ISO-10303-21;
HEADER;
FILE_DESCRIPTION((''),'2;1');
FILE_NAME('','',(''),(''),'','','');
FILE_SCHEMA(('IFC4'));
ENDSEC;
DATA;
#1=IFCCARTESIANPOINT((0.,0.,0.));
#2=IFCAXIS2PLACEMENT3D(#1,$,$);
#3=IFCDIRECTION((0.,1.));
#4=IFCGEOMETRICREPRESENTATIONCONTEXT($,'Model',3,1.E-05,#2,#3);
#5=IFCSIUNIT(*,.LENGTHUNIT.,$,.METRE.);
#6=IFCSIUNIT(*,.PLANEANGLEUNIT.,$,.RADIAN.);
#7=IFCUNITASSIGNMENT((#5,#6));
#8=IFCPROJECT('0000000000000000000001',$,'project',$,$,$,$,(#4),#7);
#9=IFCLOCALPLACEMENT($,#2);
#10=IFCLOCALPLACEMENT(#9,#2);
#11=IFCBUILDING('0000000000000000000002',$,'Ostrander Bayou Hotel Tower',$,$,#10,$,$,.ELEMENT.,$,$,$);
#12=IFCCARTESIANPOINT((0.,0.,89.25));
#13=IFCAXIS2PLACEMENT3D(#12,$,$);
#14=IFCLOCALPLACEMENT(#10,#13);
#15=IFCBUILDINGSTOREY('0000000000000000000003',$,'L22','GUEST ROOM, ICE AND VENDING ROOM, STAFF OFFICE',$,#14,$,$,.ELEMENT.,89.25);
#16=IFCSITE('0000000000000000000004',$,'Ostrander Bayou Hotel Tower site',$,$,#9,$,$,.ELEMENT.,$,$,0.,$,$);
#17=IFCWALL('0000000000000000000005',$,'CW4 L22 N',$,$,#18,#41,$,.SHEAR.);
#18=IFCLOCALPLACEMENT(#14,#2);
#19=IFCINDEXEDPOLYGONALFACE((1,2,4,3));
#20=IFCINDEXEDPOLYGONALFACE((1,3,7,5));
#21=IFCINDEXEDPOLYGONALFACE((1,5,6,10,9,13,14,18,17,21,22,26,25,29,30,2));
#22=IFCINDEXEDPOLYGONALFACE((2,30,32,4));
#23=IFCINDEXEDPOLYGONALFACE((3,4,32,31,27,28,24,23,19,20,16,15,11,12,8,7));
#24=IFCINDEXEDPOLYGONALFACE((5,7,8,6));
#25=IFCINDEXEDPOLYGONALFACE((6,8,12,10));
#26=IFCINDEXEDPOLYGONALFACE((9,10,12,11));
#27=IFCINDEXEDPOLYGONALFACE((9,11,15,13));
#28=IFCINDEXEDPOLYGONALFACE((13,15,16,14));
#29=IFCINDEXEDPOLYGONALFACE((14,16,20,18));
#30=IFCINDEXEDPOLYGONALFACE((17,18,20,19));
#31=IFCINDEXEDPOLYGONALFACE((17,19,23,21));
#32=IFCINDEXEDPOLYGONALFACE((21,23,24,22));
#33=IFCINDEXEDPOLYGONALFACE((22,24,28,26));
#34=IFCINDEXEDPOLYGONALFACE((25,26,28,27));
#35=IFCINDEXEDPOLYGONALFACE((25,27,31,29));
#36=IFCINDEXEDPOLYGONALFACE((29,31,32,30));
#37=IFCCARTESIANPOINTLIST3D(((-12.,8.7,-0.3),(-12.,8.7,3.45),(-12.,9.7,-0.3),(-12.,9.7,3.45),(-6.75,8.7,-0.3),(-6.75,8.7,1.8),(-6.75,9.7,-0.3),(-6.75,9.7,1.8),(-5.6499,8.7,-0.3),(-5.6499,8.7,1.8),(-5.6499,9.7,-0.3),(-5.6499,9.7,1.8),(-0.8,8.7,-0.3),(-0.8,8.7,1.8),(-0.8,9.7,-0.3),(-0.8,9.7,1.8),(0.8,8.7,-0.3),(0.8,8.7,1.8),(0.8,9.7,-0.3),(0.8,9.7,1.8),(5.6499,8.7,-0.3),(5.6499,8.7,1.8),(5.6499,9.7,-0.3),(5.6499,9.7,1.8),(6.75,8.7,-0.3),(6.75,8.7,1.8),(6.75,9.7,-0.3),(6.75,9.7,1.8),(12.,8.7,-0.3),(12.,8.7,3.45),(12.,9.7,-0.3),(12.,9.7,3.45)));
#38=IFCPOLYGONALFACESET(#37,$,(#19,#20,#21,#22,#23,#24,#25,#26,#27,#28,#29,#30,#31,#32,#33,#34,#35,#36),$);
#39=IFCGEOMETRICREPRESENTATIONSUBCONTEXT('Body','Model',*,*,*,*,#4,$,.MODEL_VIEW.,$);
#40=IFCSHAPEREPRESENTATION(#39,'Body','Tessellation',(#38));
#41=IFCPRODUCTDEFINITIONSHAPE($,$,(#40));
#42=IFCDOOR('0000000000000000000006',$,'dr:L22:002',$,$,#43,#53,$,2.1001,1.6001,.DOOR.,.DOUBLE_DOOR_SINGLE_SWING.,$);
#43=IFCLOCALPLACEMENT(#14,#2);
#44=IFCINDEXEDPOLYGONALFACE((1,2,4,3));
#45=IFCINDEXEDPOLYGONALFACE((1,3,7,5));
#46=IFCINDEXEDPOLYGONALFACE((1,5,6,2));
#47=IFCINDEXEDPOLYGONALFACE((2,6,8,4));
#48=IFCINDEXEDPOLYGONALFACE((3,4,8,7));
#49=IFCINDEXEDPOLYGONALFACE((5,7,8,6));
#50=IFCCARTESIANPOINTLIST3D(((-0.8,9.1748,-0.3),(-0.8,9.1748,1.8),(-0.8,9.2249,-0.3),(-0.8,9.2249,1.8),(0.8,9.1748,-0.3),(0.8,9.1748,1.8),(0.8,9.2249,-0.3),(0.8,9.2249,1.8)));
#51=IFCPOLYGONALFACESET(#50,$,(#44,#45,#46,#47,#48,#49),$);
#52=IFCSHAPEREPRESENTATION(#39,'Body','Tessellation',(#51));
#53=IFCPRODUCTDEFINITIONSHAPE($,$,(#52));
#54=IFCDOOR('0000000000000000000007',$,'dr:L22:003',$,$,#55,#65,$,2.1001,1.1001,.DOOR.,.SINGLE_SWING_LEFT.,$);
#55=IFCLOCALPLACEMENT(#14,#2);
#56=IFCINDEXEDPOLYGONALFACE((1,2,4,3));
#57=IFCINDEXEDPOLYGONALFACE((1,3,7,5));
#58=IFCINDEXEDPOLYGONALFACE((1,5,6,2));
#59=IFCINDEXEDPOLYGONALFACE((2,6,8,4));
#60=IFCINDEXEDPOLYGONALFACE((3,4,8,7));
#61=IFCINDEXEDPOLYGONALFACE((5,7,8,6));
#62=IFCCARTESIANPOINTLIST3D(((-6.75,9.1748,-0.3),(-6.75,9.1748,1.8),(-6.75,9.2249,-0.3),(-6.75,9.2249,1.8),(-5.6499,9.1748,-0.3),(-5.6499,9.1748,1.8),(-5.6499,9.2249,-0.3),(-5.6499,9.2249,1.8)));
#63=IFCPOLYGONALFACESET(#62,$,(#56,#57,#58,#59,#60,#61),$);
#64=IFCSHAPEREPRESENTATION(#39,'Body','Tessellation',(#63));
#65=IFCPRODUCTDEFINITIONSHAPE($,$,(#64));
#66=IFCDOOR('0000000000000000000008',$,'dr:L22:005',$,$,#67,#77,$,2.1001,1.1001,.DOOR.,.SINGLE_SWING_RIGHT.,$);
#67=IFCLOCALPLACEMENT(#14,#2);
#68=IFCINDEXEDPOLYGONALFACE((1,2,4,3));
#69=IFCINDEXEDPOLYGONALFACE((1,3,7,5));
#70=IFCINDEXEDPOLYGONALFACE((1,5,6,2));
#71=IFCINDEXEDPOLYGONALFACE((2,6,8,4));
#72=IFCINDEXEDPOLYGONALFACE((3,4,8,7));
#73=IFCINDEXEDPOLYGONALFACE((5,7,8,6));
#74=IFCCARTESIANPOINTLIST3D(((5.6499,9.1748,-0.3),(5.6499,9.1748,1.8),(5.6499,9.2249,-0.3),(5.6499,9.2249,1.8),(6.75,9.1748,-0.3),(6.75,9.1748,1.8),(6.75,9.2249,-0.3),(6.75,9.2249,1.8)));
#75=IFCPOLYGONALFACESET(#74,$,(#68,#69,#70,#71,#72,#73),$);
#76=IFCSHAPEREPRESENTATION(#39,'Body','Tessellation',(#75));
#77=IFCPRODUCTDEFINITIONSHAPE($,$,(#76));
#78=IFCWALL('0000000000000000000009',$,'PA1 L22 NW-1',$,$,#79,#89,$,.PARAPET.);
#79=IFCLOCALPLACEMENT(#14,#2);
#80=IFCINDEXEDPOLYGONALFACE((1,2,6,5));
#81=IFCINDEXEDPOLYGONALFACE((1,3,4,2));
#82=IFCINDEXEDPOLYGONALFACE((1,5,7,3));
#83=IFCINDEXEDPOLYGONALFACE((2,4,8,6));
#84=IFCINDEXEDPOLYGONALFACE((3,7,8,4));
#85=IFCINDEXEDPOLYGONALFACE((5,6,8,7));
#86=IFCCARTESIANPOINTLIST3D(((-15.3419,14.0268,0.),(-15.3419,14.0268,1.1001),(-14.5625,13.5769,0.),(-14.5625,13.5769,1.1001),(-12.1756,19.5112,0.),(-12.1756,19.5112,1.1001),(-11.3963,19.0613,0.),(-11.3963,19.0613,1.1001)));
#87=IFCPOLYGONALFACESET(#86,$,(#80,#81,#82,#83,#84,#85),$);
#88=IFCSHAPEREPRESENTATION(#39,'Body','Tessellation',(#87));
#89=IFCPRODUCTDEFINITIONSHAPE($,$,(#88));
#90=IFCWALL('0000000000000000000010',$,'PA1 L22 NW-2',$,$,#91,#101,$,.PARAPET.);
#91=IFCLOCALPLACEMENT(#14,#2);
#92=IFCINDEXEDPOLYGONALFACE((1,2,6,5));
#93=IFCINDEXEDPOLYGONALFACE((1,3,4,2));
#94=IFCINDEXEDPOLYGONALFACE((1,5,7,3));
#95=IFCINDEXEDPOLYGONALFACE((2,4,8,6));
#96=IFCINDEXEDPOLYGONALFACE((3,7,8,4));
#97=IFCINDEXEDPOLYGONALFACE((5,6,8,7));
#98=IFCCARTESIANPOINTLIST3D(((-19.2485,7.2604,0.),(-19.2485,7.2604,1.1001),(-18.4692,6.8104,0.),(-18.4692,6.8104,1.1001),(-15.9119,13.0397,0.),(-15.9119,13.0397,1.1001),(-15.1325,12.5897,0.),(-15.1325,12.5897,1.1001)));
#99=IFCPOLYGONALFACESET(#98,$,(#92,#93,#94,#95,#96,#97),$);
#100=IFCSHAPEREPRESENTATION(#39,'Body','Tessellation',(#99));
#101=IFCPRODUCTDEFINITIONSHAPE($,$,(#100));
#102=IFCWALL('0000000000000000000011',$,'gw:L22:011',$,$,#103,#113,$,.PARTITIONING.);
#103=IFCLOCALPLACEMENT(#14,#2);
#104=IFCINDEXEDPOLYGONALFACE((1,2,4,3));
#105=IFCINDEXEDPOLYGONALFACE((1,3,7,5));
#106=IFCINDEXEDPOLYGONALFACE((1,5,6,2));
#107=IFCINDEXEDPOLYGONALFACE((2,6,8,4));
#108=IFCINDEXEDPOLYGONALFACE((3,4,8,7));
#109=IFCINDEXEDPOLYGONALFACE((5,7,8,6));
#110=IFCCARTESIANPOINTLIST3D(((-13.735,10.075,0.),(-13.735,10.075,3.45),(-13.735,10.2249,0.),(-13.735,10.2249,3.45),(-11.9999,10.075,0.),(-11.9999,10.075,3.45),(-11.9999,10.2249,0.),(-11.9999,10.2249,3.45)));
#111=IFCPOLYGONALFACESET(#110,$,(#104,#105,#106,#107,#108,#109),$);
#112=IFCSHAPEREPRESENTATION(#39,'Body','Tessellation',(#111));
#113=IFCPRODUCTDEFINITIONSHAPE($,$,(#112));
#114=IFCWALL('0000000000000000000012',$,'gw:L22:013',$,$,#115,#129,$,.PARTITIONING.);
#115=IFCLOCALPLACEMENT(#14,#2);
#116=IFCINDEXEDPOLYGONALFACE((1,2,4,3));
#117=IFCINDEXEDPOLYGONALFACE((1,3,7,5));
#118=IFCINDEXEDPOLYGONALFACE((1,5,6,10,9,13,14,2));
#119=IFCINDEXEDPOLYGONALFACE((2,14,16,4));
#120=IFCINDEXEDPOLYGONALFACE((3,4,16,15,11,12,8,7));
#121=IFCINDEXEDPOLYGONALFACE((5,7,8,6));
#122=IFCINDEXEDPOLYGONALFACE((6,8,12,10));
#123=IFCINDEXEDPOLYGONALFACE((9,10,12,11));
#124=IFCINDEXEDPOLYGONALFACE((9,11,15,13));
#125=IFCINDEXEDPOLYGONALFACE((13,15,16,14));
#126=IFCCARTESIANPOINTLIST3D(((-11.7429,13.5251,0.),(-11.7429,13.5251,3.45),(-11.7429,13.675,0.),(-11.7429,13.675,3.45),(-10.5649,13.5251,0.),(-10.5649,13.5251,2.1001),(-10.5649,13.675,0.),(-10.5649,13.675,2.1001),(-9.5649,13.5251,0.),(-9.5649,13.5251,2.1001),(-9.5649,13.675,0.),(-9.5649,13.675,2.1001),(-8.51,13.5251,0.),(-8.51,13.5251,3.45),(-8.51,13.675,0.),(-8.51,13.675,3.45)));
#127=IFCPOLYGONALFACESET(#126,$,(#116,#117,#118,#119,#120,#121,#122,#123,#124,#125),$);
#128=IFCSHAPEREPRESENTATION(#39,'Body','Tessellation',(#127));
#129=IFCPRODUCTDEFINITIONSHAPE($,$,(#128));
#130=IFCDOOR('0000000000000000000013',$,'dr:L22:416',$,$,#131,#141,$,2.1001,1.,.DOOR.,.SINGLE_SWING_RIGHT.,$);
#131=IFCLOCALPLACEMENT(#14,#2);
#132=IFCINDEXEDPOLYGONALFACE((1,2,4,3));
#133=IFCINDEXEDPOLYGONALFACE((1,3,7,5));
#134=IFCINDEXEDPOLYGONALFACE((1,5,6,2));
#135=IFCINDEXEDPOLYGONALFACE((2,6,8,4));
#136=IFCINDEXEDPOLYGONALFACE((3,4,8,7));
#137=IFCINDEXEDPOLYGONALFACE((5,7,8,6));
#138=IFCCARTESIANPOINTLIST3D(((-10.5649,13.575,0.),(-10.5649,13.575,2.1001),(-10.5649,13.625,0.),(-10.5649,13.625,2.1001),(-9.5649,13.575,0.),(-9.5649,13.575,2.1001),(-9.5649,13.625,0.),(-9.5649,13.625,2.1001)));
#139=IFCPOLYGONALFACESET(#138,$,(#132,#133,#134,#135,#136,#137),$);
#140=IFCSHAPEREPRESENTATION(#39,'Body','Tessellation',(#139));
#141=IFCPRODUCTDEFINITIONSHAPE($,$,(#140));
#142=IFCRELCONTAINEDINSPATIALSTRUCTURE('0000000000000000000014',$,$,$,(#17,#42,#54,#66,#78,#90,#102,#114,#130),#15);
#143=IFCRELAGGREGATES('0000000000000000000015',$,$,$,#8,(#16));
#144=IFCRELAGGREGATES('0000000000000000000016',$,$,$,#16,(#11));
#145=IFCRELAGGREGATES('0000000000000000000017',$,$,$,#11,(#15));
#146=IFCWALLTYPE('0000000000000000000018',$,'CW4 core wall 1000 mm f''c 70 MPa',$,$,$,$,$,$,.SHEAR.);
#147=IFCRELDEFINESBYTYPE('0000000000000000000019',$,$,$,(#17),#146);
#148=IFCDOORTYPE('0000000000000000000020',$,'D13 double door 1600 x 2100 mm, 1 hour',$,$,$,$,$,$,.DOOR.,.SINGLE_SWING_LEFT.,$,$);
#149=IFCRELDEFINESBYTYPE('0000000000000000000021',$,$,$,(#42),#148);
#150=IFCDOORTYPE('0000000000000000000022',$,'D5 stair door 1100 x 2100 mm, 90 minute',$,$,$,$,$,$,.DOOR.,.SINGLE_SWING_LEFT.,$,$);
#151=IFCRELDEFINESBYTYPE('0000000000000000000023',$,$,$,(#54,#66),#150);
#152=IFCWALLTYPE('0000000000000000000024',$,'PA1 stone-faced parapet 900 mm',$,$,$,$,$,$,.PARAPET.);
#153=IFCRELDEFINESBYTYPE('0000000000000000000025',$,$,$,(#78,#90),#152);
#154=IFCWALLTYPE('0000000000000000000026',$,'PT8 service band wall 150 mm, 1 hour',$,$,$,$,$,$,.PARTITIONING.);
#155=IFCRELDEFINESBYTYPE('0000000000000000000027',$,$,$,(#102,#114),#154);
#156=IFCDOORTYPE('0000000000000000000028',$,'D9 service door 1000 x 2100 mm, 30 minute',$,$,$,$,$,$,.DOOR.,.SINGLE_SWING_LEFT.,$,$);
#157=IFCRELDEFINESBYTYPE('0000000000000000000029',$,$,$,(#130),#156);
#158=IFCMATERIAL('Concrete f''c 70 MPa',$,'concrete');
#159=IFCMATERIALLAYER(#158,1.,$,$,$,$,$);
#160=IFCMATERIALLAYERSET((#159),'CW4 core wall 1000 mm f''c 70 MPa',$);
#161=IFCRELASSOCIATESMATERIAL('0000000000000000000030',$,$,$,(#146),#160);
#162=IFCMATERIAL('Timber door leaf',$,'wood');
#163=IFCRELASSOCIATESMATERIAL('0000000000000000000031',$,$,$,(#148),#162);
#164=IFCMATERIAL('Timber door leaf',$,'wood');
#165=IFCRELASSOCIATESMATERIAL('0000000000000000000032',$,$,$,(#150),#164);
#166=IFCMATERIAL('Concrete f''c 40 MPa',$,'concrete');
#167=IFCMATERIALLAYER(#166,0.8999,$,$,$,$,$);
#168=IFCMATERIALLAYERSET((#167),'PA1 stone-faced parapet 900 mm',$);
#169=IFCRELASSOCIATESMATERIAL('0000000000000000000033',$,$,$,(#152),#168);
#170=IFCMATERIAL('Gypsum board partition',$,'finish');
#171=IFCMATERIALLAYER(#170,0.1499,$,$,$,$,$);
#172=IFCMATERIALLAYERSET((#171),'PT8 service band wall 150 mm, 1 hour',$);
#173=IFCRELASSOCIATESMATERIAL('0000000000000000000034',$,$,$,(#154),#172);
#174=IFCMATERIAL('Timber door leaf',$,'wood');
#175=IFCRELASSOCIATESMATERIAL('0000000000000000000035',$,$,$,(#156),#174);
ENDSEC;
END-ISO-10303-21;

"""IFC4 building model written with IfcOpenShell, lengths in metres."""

from ifc_helpers import new_model, si_unit, direction, frame, frame_2d, origin, place, context, subcontext, project, spatial, rectangle, extrude, material, layer, layer_set, type_object, element, fill, save


model = new_model("IFC4")

# Units and contexts
model_context = context("Model", 3, precision=1e-05, world=origin(), true_north=direction((0.0, 1.0)))
body_context = subcontext(model_context, "Body", "Model", "MODEL_VIEW")
ifc_project = project(units=[si_unit("LENGTHUNIT", "METRE"), si_unit("PLANEANGLEUNIT", "RADIAN")], contexts=[model_context])

# Site, building, storey
site_placement = place(None, origin())
site = spatial("IfcSite", under=ifc_project, at=site_placement, Name="Ostrander Bayou Hotel Tower site", CompositionType="ELEMENT", RefElevation=0.0)
building_placement = place(site_placement, origin())
building = spatial("IfcBuilding", under=site, at=building_placement, Name="Ostrander Bayou Hotel Tower", CompositionType="ELEMENT")
storey_placement = place(building_placement, frame((0.0, 0.0, 89.25)))
storey = spatial("IfcBuildingStorey", under=building, at=storey_placement, Name="L22", Description="GUEST ROOM, ICE AND VENDING ROOM, STAFF OFFICE", CompositionType="ELEMENT", Elevation=89.25)

# Wall, openings, doors
ifc_material_1 = material(Name="Concrete f'c 70 MPa", Category="concrete")
ifc_layer_1 = layer(ifc_material_1, 1.0)
ifc_layer_set_1 = layer_set([ifc_layer_1], Name="CW4 core wall 1000 mm f'c 70 MPa")
wall_type_1 = type_object("IfcWallType", Name="CW4 core wall 1000 mm f'c 70 MPa", PredefinedType="SHEAR", material=ifc_layer_set_1)
wall_1_placement = place(storey_placement, frame((-12.0, 9.2, -0.3), z_axis=(0.0, 0.0, 1.0), x_axis=(1.0, 0.0, 0.0)))
wall_1 = element("IfcWall", 1, at=wall_1_placement, inside=storey, type_object=wall_type_1, Name="CW4 L22 N", PredefinedType="SHEAR", context=body_context, shape_type="SweptSolid", body=[
    extrude(rectangle(XDim=24.0, YDim=1.0, at=frame_2d((12.0, 0.0))), origin(), (0.0, 0.0, 1.0), 3.75),
])
opening_1_placement = place(wall_1_placement, frame((11.2, 0.0, 0.0)))
opening_1 = element("IfcOpeningElement", 2, at=opening_1_placement, cuts=wall_1, PredefinedType="OPENING", context=body_context, shape_type="SweptSolid", body=[
    extrude(rectangle(XDim=1.6001, YDim=2.1001, at=frame_2d((0.8, 1.05))), frame((0.0, 0.5, 0.0), z_axis=(0.0, -1.0, 0.0), x_axis=(1.0, 0.0, 0.0)), (0.0, 0.0, 1.0), 1.0),
])
opening_2_placement = place(wall_1_placement, frame((5.25, 0.0, 0.0)))
opening_2 = element("IfcOpeningElement", 3, at=opening_2_placement, cuts=wall_1, PredefinedType="OPENING", context=body_context, shape_type="SweptSolid", body=[
    extrude(rectangle(XDim=1.1001, YDim=2.1001, at=frame_2d((0.55, 1.05))), frame((0.0, 0.5, 0.0), z_axis=(0.0, -1.0, 0.0), x_axis=(1.0, 0.0, 0.0)), (0.0, 0.0, 1.0), 1.0),
])
opening_3_placement = place(wall_1_placement, frame((17.6499, 0.0, 0.0)))
opening_3 = element("IfcOpeningElement", 4, at=opening_3_placement, cuts=wall_1, PredefinedType="OPENING", context=body_context, shape_type="SweptSolid", body=[
    extrude(rectangle(XDim=1.1001, YDim=2.1001, at=frame_2d((0.55, 1.05))), frame((0.0, 0.5, 0.0), z_axis=(0.0, -1.0, 0.0), x_axis=(1.0, 0.0, 0.0)), (0.0, 0.0, 1.0), 1.0),
])
ifc_material_2 = material(Name="Timber door leaf", Category="wood")
door_type_1 = type_object("IfcDoorType", Name="D13 double door 1600 x 2100 mm, 1 hour", OperationType="SINGLE_SWING_LEFT", PredefinedType="DOOR", material=ifc_material_2)
door_1_placement = place(opening_1_placement, origin())
door_1 = element("IfcDoor", 5, at=door_1_placement, inside=storey, type_object=door_type_1, Name="dr:L22:002", OperationType="DOUBLE_DOOR_SINGLE_SWING", OverallHeight=2.1001, OverallWidth=1.6001, PredefinedType="DOOR", context=body_context, shape_type="SweptSolid", body=[
    extrude(rectangle(XDim=1.6001, YDim=2.1001, at=frame_2d((0.8, 1.05))), frame((0.0, 0.0249, 0.0), z_axis=(0.0, -1.0, 0.0), x_axis=(1.0, 0.0, 0.0)), (0.0, 0.0, 1.0), 0.05),
])
fill(opening_1, door_1)
ifc_material_3 = material(Name="Timber door leaf", Category="wood")
door_type_2 = type_object("IfcDoorType", Name="D5 stair door 1100 x 2100 mm, 90 minute", OperationType="SINGLE_SWING_LEFT", PredefinedType="DOOR", material=ifc_material_3)
door_2_placement = place(opening_2_placement, origin())
door_2 = element("IfcDoor", 6, at=door_2_placement, inside=storey, type_object=door_type_2, Name="dr:L22:003", OperationType="SINGLE_SWING_LEFT", OverallHeight=2.1001, OverallWidth=1.1001, PredefinedType="DOOR", context=body_context, shape_type="SweptSolid", body=[
    extrude(rectangle(XDim=1.1001, YDim=2.1001, at=frame_2d((0.55, 1.05))), frame((0.0, 0.0249, 0.0), z_axis=(0.0, -1.0, 0.0), x_axis=(1.0, 0.0, 0.0)), (0.0, 0.0, 1.0), 0.05),
])
fill(opening_2, door_2)
door_3_placement = place(opening_3_placement, origin())
door_3 = element("IfcDoor", 7, at=door_3_placement, inside=storey, type_object=door_type_2, Name="dr:L22:005", OperationType="SINGLE_SWING_RIGHT", OverallHeight=2.1001, OverallWidth=1.1001, PredefinedType="DOOR", context=body_context, shape_type="SweptSolid", body=[
    extrude(rectangle(XDim=1.1001, YDim=2.1001, at=frame_2d((0.55, 1.05))), frame((0.0, 0.0249, 0.0), z_axis=(0.0, -1.0, 0.0), x_axis=(1.0, 0.0, 0.0)), (0.0, 0.0, 1.0), 0.05),
])
fill(opening_3, door_3)

# Walls
ifc_material_4 = material(Name="Concrete f'c 40 MPa", Category="concrete")
ifc_layer_2 = layer(ifc_material_4, 0.8999)
ifc_layer_set_2 = layer_set([ifc_layer_2], Name="PA1 stone-faced parapet 900 mm")
wall_type_2 = type_object("IfcWallType", Name="PA1 stone-faced parapet 900 mm", PredefinedType="PARAPET", material=ifc_layer_set_2)
wall_2_placement = place(storey_placement, frame((-11.7859, 19.2864, 0.0), z_axis=(0.0, 0.0, 1.0), x_axis=(-0.499983, -0.866035, 0.0)))
element("IfcWall", 8, at=wall_2_placement, inside=storey, type_object=wall_type_2, Name="PA1 L22 NW-1", PredefinedType="PARAPET", context=body_context, shape_type="SweptSolid", body=[
    extrude(rectangle(XDim=6.3328, YDim=0.8999, at=frame_2d((3.1665, 0.0))), origin(), (0.0, 0.0, 1.0), 1.1001),
])
wall_3_placement = place(storey_placement, frame((-15.5222, 12.8147, 0.0), z_axis=(0.0, 0.0, 1.0), x_axis=(-0.499999, -0.866026, 0.0)))
element("IfcWall", 9, at=wall_3_placement, inside=storey, type_object=wall_type_2, Name="PA1 L22 NW-2", PredefinedType="PARAPET", context=body_context, shape_type="SweptSolid", body=[
    extrude(rectangle(XDim=6.6733, YDim=0.8999, at=frame_2d((3.3367, 0.0))), origin(), (0.0, 0.0, 1.0), 1.1001),
])
ifc_material_5 = material(Name="Gypsum board partition", Category="finish")
ifc_layer_3 = layer(ifc_material_5, 0.1499)
ifc_layer_set_3 = layer_set([ifc_layer_3], Name="PT8 service band wall 150 mm, 1 hour")
wall_type_3 = type_object("IfcWallType", Name="PT8 service band wall 150 mm, 1 hour", PredefinedType="PARTITIONING", material=ifc_layer_set_3)
wall_4_placement = place(storey_placement, frame((-13.7351, 10.1499, 0.0), z_axis=(0.0, 0.0, 1.0), x_axis=(1.0, 0.0, 0.0)))
element("IfcWall", 10, at=wall_4_placement, inside=storey, type_object=wall_type_3, Name="gw:L22:011", PredefinedType="PARTITIONING", context=body_context, shape_type="SweptSolid", body=[
    extrude(rectangle(XDim=1.7351, YDim=0.1499, at=frame_2d((0.8677, 0.0))), origin(), (0.0, 0.0, 1.0), 3.45),
])

# Wall, opening, door
wall_5_placement = place(storey_placement, frame((-11.7429, 13.6001, 0.0), z_axis=(0.0, 0.0, 1.0), x_axis=(1.0, 0.0, 0.0)))
wall_5 = element("IfcWall", 11, at=wall_5_placement, inside=storey, type_object=wall_type_3, Name="gw:L22:013", PredefinedType="PARTITIONING", context=body_context, shape_type="SweptSolid", body=[
    extrude(rectangle(XDim=3.2329, YDim=0.1499, at=frame_2d((1.6165, 0.0))), origin(), (0.0, 0.0, 1.0), 3.45),
])
opening_4_placement = place(wall_5_placement, frame((1.178, 0.0, 0.0)))
opening_4 = element("IfcOpeningElement", 12, at=opening_4_placement, cuts=wall_5, PredefinedType="OPENING", context=body_context, shape_type="SweptSolid", body=[
    extrude(rectangle(XDim=1.0, YDim=2.1001, at=frame_2d((0.5, 1.05))), frame((0.0, 0.075, 0.0), z_axis=(0.0, -1.0, 0.0), x_axis=(1.0, 0.0, 0.0)), (0.0, 0.0, 1.0), 0.1499),
])
ifc_material_6 = material(Name="Timber door leaf", Category="wood")
door_type_3 = type_object("IfcDoorType", Name="D9 service door 1000 x 2100 mm, 30 minute", OperationType="SINGLE_SWING_LEFT", PredefinedType="DOOR", material=ifc_material_6)
door_4_placement = place(opening_4_placement, origin())
door_4 = element("IfcDoor", 13, at=door_4_placement, inside=storey, type_object=door_type_3, Name="dr:L22:416", OperationType="SINGLE_SWING_RIGHT", OverallHeight=2.1001, OverallWidth=1.0, PredefinedType="DOOR", context=body_context, shape_type="SweptSolid", body=[
    extrude(rectangle(XDim=1.0, YDim=2.1001, at=frame_2d((0.5, 1.05))), frame((0.0, 0.0249, 0.0), z_axis=(0.0, -1.0, 0.0), x_axis=(1.0, 0.0, 0.0)), (0.0, 0.0, 1.0), 0.05),
])
fill(opening_4, door_4)

save(model, "model.ifc")
